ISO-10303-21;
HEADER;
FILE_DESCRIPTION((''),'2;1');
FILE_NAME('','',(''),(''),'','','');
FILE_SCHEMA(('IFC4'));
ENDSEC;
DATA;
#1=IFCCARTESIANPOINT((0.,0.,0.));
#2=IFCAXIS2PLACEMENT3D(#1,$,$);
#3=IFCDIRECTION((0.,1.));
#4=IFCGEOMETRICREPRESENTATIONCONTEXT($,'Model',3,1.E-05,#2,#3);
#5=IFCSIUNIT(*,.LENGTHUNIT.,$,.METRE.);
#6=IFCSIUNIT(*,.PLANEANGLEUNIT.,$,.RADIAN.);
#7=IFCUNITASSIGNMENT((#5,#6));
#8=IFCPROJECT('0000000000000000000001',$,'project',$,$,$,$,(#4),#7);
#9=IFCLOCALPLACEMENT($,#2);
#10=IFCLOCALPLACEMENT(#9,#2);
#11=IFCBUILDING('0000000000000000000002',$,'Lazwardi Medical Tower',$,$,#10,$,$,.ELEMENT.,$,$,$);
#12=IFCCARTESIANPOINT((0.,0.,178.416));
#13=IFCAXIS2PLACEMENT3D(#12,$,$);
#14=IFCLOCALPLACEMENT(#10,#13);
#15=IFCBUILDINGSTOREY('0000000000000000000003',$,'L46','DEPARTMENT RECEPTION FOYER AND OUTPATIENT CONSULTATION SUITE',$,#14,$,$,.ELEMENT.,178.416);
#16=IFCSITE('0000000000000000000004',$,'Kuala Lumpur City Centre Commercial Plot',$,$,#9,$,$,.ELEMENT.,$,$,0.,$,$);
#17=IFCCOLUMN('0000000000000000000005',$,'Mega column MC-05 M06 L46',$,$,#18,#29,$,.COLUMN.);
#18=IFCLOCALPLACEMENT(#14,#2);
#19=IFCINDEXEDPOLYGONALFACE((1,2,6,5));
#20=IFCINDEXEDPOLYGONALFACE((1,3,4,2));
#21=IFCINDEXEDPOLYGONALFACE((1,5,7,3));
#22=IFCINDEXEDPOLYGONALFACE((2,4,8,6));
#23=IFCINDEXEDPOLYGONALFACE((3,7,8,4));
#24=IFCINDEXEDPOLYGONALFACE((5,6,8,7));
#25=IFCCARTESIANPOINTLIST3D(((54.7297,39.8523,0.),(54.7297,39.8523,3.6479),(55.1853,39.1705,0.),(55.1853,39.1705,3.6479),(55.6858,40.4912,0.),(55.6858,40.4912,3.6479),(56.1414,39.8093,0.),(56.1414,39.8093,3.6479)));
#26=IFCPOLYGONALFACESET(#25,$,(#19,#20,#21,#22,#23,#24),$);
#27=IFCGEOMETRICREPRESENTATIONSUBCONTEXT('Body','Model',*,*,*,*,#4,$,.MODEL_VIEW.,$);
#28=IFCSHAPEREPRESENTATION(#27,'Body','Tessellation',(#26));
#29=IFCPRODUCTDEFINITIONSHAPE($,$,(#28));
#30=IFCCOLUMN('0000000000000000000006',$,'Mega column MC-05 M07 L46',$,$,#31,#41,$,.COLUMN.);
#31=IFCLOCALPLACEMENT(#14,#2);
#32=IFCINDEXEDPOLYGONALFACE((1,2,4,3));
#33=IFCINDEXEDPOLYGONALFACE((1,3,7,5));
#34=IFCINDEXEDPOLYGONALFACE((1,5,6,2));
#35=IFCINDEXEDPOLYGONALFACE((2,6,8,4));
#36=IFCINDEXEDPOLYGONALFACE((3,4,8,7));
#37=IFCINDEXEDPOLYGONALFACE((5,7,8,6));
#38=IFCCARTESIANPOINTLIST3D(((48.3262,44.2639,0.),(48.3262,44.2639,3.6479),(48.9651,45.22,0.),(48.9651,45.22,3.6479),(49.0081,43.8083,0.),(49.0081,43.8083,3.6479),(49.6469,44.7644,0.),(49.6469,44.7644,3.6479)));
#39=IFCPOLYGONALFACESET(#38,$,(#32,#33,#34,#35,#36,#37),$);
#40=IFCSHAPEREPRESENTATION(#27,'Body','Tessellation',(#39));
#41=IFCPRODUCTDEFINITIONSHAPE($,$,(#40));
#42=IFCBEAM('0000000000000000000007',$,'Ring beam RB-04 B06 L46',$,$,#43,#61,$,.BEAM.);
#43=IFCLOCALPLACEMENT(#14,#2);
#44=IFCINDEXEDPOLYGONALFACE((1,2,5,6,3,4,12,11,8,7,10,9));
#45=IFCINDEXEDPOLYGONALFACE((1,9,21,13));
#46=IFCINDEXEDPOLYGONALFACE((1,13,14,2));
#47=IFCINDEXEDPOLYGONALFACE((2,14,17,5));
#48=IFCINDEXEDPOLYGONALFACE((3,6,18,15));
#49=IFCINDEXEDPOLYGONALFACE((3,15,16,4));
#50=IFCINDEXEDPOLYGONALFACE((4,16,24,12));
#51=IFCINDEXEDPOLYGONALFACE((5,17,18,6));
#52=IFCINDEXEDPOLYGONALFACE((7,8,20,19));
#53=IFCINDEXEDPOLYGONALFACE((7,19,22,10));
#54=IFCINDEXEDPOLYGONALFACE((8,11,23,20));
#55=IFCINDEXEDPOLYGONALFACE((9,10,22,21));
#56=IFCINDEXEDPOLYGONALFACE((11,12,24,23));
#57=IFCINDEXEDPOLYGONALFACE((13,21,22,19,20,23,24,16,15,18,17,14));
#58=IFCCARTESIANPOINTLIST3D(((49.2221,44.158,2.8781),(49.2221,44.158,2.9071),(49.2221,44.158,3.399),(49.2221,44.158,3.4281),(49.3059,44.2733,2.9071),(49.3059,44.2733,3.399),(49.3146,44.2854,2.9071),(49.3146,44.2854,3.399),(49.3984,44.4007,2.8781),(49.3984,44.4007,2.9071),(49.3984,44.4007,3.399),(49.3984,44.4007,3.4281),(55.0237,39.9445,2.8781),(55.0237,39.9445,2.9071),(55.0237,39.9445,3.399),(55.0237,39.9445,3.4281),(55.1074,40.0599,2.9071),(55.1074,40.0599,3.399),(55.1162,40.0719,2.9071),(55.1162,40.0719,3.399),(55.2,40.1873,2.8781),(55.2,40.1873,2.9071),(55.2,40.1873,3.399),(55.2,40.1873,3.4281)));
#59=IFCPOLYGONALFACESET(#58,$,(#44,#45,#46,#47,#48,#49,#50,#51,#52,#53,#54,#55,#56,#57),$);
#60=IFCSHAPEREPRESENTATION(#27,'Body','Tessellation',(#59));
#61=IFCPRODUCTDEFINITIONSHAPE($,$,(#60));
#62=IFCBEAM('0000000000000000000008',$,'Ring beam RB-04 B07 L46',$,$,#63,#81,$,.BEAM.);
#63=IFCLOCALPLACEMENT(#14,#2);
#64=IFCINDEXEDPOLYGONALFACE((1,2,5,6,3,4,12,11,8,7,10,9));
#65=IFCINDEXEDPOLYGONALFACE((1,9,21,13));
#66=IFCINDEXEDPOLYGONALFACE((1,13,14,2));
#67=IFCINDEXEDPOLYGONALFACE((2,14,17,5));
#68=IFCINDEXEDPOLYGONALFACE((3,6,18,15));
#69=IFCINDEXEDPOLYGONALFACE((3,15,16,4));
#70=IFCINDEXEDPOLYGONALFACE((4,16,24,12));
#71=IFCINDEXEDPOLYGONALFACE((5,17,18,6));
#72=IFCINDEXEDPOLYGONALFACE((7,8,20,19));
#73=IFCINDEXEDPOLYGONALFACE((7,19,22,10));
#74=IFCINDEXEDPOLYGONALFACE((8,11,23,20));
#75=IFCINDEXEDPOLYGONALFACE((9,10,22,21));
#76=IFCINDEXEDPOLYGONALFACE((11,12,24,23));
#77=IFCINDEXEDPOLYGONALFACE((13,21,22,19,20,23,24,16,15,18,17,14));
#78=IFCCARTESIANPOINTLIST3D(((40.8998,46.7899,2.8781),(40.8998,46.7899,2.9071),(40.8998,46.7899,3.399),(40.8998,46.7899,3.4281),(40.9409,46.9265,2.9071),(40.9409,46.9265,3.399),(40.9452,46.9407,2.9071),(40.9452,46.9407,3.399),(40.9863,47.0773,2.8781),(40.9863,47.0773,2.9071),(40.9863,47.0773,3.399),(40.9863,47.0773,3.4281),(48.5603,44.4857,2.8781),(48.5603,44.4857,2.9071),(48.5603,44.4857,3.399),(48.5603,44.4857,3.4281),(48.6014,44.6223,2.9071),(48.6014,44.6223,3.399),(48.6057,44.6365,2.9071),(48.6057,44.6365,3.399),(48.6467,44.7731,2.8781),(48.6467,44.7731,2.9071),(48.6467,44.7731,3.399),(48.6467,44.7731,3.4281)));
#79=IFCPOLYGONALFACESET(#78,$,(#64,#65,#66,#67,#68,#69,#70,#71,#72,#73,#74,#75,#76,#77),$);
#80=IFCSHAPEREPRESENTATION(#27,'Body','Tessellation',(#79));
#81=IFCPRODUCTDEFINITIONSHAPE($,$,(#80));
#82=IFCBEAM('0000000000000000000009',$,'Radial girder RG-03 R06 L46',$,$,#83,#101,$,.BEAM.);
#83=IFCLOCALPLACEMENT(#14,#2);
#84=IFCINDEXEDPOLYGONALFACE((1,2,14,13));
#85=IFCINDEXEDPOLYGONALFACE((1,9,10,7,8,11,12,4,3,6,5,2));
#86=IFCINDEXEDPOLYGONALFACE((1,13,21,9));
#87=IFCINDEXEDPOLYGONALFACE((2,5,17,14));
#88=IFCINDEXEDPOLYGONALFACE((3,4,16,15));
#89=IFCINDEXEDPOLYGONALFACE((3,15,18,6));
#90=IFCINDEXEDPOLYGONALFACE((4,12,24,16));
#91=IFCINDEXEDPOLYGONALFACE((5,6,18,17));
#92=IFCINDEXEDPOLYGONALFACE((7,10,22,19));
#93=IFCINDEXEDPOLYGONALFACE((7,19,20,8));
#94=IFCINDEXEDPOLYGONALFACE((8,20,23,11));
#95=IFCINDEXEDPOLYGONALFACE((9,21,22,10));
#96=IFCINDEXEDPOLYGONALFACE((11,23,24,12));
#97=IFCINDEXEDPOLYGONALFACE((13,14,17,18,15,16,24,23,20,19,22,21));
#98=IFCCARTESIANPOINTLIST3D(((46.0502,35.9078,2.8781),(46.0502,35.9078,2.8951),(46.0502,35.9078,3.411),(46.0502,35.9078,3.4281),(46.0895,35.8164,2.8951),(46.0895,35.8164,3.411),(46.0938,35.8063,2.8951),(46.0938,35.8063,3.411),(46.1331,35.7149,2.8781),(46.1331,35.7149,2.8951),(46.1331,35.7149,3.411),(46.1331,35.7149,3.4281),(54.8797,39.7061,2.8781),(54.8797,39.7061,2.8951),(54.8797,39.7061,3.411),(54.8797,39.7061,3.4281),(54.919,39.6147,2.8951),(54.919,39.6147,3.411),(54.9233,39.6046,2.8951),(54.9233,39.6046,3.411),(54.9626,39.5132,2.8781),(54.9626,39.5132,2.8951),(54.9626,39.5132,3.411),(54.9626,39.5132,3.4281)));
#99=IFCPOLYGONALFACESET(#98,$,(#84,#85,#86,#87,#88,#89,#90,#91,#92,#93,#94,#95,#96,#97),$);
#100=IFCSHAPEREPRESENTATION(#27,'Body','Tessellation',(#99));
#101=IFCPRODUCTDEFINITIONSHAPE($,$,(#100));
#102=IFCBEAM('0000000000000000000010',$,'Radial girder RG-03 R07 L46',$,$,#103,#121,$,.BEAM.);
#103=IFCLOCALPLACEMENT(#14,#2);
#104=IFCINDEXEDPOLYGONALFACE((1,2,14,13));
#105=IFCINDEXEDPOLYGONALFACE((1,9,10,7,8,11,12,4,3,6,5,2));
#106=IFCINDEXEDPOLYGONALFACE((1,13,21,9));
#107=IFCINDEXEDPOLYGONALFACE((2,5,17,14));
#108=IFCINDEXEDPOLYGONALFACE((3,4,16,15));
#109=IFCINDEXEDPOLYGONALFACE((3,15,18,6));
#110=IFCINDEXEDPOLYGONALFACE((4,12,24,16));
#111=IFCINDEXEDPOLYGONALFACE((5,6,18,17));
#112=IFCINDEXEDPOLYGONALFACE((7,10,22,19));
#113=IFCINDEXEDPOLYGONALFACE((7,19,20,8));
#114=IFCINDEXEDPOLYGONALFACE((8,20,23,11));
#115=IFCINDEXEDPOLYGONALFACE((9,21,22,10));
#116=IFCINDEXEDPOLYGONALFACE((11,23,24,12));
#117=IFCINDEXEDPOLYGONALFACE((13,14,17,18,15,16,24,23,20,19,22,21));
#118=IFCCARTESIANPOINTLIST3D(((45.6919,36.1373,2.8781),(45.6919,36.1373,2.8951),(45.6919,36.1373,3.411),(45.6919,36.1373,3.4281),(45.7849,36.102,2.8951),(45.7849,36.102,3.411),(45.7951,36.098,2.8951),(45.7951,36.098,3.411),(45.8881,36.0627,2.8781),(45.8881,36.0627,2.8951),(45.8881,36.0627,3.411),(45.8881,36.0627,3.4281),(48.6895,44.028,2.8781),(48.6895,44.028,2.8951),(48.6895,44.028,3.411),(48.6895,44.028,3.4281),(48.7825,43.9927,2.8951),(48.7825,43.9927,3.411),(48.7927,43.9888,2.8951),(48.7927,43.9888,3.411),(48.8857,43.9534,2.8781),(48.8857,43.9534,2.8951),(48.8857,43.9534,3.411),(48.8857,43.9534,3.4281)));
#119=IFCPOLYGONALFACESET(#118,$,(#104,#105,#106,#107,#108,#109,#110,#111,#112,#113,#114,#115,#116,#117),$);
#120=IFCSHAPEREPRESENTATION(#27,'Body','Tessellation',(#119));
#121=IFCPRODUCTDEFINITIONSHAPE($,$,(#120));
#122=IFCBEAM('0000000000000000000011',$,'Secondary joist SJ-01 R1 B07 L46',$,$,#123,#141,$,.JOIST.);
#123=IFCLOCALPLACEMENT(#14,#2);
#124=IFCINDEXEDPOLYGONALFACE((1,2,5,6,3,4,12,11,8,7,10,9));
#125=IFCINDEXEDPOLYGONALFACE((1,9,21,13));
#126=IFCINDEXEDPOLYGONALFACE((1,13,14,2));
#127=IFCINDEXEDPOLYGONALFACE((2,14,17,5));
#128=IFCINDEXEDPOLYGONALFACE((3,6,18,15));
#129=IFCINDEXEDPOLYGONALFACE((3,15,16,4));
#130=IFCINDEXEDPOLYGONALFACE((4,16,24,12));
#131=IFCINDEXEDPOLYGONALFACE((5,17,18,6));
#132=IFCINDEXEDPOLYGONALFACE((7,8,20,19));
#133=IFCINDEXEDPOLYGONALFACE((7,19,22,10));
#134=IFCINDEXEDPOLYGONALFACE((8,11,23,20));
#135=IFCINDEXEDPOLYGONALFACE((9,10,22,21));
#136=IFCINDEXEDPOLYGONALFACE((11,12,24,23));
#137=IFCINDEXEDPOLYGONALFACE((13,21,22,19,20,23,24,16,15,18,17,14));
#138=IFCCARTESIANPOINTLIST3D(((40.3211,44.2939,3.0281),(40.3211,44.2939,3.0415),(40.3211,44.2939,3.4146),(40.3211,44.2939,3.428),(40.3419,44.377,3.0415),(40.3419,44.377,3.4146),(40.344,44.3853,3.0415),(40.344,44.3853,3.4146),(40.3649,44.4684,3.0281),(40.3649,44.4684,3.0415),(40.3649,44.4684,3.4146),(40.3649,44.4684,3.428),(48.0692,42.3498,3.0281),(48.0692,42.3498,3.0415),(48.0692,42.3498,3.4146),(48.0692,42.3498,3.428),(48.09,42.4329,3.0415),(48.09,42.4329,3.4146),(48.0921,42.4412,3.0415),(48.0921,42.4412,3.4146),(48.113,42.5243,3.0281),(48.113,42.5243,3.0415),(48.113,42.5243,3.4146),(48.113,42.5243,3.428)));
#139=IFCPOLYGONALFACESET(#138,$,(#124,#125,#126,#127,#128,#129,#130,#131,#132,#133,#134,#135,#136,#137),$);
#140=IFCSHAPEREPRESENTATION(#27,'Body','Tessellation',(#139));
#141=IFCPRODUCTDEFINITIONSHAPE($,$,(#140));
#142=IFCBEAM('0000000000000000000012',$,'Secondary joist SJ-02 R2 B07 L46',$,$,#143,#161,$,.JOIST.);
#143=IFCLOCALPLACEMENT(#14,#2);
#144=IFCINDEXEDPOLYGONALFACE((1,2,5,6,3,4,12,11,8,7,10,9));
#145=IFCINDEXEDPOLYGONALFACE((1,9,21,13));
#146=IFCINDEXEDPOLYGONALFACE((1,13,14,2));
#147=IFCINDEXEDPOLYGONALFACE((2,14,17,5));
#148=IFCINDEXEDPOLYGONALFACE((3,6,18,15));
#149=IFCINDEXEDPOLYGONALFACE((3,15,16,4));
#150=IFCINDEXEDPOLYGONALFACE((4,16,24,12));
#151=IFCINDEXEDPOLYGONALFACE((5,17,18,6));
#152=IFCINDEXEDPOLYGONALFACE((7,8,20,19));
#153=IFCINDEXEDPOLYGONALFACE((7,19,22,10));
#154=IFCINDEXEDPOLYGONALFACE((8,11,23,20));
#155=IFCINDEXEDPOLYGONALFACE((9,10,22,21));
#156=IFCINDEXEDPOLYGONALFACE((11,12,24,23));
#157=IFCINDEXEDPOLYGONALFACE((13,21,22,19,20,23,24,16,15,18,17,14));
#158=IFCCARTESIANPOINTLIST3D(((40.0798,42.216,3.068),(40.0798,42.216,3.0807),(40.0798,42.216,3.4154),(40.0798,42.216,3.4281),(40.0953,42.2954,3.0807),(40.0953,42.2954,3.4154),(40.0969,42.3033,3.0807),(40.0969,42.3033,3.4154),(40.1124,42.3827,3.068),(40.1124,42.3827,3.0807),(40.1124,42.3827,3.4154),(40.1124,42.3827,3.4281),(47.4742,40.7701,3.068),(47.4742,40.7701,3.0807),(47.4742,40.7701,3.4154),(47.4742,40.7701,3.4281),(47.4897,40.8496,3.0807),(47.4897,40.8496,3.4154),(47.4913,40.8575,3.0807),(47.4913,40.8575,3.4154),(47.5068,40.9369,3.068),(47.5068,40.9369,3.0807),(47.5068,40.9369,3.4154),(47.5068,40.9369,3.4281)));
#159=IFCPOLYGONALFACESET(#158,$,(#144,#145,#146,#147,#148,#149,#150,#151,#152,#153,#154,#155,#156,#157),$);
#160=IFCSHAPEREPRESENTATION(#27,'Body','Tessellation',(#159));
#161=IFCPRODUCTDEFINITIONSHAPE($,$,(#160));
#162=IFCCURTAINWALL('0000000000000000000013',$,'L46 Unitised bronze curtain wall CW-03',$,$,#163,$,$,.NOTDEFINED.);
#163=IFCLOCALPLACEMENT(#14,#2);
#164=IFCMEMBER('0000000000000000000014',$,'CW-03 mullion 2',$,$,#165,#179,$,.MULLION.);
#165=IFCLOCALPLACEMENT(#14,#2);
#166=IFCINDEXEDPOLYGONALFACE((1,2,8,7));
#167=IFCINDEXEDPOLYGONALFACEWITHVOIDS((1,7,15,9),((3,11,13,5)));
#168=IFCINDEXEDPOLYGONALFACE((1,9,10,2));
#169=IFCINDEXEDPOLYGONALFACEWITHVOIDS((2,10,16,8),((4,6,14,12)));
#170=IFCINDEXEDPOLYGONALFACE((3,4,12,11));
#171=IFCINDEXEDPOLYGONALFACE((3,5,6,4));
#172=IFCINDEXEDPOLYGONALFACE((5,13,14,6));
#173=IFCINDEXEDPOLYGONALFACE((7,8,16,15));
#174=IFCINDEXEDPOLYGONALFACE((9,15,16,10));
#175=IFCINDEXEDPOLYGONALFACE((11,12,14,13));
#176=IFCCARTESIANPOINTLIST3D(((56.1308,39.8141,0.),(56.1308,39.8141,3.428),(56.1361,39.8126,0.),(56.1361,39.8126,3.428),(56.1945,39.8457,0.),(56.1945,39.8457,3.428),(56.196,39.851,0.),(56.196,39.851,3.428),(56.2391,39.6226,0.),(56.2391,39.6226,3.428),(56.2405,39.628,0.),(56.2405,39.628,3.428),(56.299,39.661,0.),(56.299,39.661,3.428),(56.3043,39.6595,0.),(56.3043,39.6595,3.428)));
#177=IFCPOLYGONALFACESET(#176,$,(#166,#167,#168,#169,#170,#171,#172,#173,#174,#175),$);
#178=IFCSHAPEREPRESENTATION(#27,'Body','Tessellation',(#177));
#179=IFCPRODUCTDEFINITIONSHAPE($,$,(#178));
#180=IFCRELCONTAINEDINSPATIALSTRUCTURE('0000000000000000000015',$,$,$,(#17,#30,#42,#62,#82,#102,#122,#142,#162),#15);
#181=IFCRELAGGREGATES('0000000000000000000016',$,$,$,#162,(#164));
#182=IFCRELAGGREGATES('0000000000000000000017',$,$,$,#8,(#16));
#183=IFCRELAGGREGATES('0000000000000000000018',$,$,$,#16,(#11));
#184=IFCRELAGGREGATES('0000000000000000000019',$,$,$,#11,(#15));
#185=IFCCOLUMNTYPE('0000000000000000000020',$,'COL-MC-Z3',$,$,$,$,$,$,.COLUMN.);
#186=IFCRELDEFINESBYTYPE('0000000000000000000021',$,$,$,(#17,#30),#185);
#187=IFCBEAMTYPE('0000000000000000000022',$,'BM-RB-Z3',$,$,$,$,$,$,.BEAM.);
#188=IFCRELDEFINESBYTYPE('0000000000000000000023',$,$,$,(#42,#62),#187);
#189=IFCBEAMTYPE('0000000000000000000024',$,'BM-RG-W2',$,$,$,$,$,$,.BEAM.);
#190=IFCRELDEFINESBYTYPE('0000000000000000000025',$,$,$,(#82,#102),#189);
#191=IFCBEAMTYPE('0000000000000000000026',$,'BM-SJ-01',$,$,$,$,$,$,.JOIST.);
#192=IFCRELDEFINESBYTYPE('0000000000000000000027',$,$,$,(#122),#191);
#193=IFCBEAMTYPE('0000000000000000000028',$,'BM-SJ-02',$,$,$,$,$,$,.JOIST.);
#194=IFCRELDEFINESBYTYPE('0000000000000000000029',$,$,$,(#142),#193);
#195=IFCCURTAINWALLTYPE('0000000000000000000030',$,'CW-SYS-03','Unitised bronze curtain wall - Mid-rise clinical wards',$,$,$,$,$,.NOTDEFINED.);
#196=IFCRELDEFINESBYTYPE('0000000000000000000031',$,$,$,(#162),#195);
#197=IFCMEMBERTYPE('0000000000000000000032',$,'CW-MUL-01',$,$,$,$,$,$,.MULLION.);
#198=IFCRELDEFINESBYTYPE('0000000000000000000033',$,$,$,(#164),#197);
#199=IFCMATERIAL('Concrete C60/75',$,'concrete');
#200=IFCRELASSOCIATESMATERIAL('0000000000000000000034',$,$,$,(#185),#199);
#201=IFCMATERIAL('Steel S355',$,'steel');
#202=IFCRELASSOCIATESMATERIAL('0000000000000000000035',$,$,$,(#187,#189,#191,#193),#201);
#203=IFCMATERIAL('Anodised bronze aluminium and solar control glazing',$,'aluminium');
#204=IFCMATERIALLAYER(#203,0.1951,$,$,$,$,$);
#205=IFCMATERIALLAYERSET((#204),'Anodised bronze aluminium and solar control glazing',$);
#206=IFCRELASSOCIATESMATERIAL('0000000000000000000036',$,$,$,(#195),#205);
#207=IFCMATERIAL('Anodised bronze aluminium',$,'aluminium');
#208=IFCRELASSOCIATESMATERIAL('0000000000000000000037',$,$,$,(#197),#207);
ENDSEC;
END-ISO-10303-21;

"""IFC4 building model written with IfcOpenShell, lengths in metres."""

from ifc_helpers import new_model, si_unit, direction, frame, origin, origin_2d, place, context, subcontext, project, spatial, rectangle, hollow_rectangle, i_section, extrude, material, layer, layer_set, material_profile, profile_set, type_object, element, aggregate, save


model = new_model("IFC4")

# Units and contexts
model_context = context("Model", 3, precision=1e-05, world=origin(), true_north=direction((0.0, 1.0)))
body_context = subcontext(model_context, "Body", "Model", "MODEL_VIEW")
ifc_project = project(units=[si_unit("LENGTHUNIT", "METRE"), si_unit("PLANEANGLEUNIT", "RADIAN")], contexts=[model_context])

# Site, building, storey
site_placement = place(None, origin())
site = spatial("IfcSite", under=ifc_project, at=site_placement, Name="Kuala Lumpur City Centre Commercial Plot", CompositionType="ELEMENT", RefElevation=0.0)
building_placement = place(site_placement, origin())
building = spatial("IfcBuilding", under=site, at=building_placement, Name="Lazwardi Medical Tower", CompositionType="ELEMENT")
storey_placement = place(building_placement, frame((0.0, 0.0, 178.416)))
storey = spatial("IfcBuildingStorey", under=building, at=storey_placement, Name="L46", Description="DEPARTMENT RECEPTION FOYER AND OUTPATIENT CONSULTATION SUITE", CompositionType="ELEMENT", Elevation=178.416)

# Columns
ifc_material_1 = material(Name="Concrete C60/75", Category="concrete")
ifc_material_profile_1 = material_profile(ifc_material_1, rectangle(XDim=1.1499, YDim=0.8201, at=origin_2d()), Name="CFT-RECT 1150x820")
ifc_profile_set_1 = profile_set([ifc_material_profile_1], Name="Concrete C60/75")
column_type = type_object("IfcColumnType", Name="COL-MC-Z3", PredefinedType="COLUMN", material=ifc_profile_set_1)
for number, where, z_axis, x_axis, name in (
    (1, (55.4355, 39.8308, 0.0), (0.0, 0.0, 1.0), (0.83147, 0.55557, 0.0), "Mega column MC-05 M06 L46"),
    (2, (48.9866, 44.5142, 0.0), (0.0, 0.0, 1.0), (0.55557, 0.83147, 0.0), "Mega column MC-05 M07 L46"),
):
    element("IfcColumn", number, at=place(storey_placement, frame(where, z_axis=z_axis, x_axis=x_axis)), inside=storey, type_object=column_type, Name=name, PredefinedType="COLUMN", context=body_context, shape_type="SweptSolid", body=[
        extrude(rectangle(XDim=1.1499, YDim=0.8201, at=origin_2d()), origin(), (0.0, 0.0, 1.0), 3.6479),
    ])

# Beams
ifc_material_2 = material(Name="Steel S355", Category="steel")
ifc_material_profile_2 = material_profile(ifc_material_2, i_section(OverallWidth=0.3, OverallDepth=0.55, WebThickness=0.0149, FlangeThickness=0.0291, at=origin_2d()), Name="HEB 550")
ifc_profile_set_2 = profile_set([ifc_material_profile_2], Name="Steel S355")
beam_type_1 = type_object("IfcBeamType", Name="BM-RB-Z3", PredefinedType="BEAM", material=ifc_profile_set_2)
beam_1_placement = place(storey_placement, frame((55.1118, 40.0659, 3.1531), z_axis=(-0.809128, 0.587633, 0.0), x_axis=(-0.587633, -0.809128, 0.0)))
element("IfcBeam", 3, at=beam_1_placement, inside=storey, type_object=beam_type_1, Name="Ring beam RB-04 B06 L46", PredefinedType="BEAM", context=body_context, shape_type="SweptSolid", body=[
    extrude(i_section(OverallWidth=0.3, OverallDepth=0.55, WebThickness=0.0149, FlangeThickness=0.0291, at=origin_2d()), origin(), (0.0, 0.0, 1.0), 7.1702),
])
beam_2_placement = place(storey_placement, frame((48.6035, 44.6294, 3.1531), z_axis=(-0.957617, 0.288045, 0.0), x_axis=(-0.288045, -0.957617, 0.0)))
element("IfcBeam", 4, at=beam_2_placement, inside=storey, type_object=beam_type_1, Name="Ring beam RB-04 B07 L46", PredefinedType="BEAM", context=body_context, shape_type="SweptSolid", body=[
    extrude(i_section(OverallWidth=0.3, OverallDepth=0.55, WebThickness=0.0149, FlangeThickness=0.0291, at=origin_2d()), origin(), (0.0, 0.0, 1.0), 7.9995),
])
ifc_material_profile_3 = material_profile(ifc_material_2, i_section(OverallWidth=0.21, OverallDepth=0.55, WebThickness=0.011, FlangeThickness=0.0171, at=origin_2d()), Name="IPE 550")
ifc_profile_set_3 = profile_set([ifc_material_profile_3], Name="Steel S355")
beam_type_2 = type_object("IfcBeamType", Name="BM-RG-W2", PredefinedType="BEAM", material=ifc_profile_set_3)
beam_3_placement = place(storey_placement, frame((54.9211, 39.6096, 3.1531), z_axis=(-0.918608, -0.39517, 0.0), x_axis=(0.39517, -0.918608, 0.0)))
element("IfcBeam", 5, at=beam_3_placement, inside=storey, type_object=beam_type_2, Name="Radial girder RG-03 R06 L46", PredefinedType="BEAM", context=body_context, shape_type="SweptSolid", body=[
    extrude(i_section(OverallWidth=0.21, OverallDepth=0.55, WebThickness=0.011, FlangeThickness=0.0171, at=origin_2d()), origin(), (0.0, 0.0, 1.0), 9.6118),
])
beam_4_placement = place(storey_placement, frame((48.7876, 43.9907, 3.1531), z_axis=(-0.355127, -0.934818, 0.0), x_axis=(0.934818, -0.355127, 0.0)))
element("IfcBeam", 6, at=beam_4_placement, inside=storey, type_object=beam_type_2, Name="Radial girder RG-03 R07 L46", PredefinedType="BEAM", context=body_context, shape_type="SweptSolid", body=[
    extrude(i_section(OverallWidth=0.21, OverallDepth=0.55, WebThickness=0.011, FlangeThickness=0.0171, at=origin_2d()), origin(), (0.0, 0.0, 1.0), 8.4409),
])
ifc_material_profile_4 = material_profile(ifc_material_2, i_section(OverallWidth=0.1799, OverallDepth=0.3999, WebThickness=0.0085, FlangeThickness=0.0134, at=origin_2d()), Name="IPE 400")
ifc_profile_set_4 = profile_set([ifc_material_profile_4], Name="Steel S355")
beam_type_3 = type_object("IfcBeamType", Name="BM-SJ-01", PredefinedType="JOIST", material=ifc_profile_set_4)
beam_5_placement = place(storey_placement, frame((48.0911, 42.437, 3.228), z_axis=(-0.969934, 0.24337, 0.0), x_axis=(-0.24337, -0.969934, 0.0)))
element("IfcBeam", 7, at=beam_5_placement, inside=storey, type_object=beam_type_3, Name="Secondary joist SJ-01 R1 B07 L46", PredefinedType="JOIST", context=body_context, shape_type="SweptSolid", body=[
    extrude(i_section(OverallWidth=0.1799, OverallDepth=0.3999, WebThickness=0.0085, FlangeThickness=0.0134, at=origin_2d()), origin(), (0.0, 0.0, 1.0), 7.9883),
])
ifc_material_profile_5 = material_profile(ifc_material_2, i_section(OverallWidth=0.1699, OverallDepth=0.3601, WebThickness=0.0081, FlangeThickness=0.0127, at=origin_2d()), Name="IPE 360")
ifc_profile_set_5 = profile_set([ifc_material_profile_5], Name="Steel S355")
beam_type_4 = type_object("IfcBeamType", Name="BM-SJ-02", PredefinedType="JOIST", material=ifc_profile_set_5)
beam_6_placement = place(storey_placement, frame((47.4905, 40.8535, 3.248), z_axis=(-0.981415, 0.191896, 0.0), x_axis=(-0.191896, -0.981415, 0.0)))
element("IfcBeam", 8, at=beam_6_placement, inside=storey, type_object=beam_type_4, Name="Secondary joist SJ-02 R2 B07 L46", PredefinedType="JOIST", context=body_context, shape_type="SweptSolid", body=[
    extrude(i_section(OverallWidth=0.1699, OverallDepth=0.3601, WebThickness=0.0081, FlangeThickness=0.0127, at=origin_2d()), origin(), (0.0, 0.0, 1.0), 7.5344),
])

# Curtain wall, member
ifc_material_3 = material(Name="Anodised bronze aluminium and solar control glazing", Category="aluminium")
ifc_layer_1 = layer(ifc_material_3, 0.1951)
ifc_layer_set_1 = layer_set([ifc_layer_1], Name="Anodised bronze aluminium and solar control glazing")
curtain_wall_type = type_object("IfcCurtainWallType", Name="CW-SYS-03", Description="Unitised bronze curtain wall - Mid-rise clinical wards", PredefinedType="NOTDEFINED", material=ifc_layer_set_1)
curtain_wall_1_placement = place(storey_placement, origin())
curtain_wall_1 = element("IfcCurtainWall", 9, at=curtain_wall_1_placement, inside=storey, type_object=curtain_wall_type, Name="L46 Unitised bronze curtain wall CW-03", PredefinedType="NOTDEFINED")
ifc_material_4 = material(Name="Anodised bronze aluminium", Category="aluminium")
ifc_material_profile_6 = material_profile(ifc_material_4, hollow_rectangle(XDim=0.075, YDim=0.22, WallThickness=0.0039, at=origin_2d()), Name="ALU-MULLION 220x75x4")
ifc_profile_set_6 = profile_set([ifc_material_profile_6], Name="Anodised bronze aluminium")
member_type_1 = type_object("IfcMemberType", Name="CW-MUL-01", PredefinedType="MULLION", material=ifc_profile_set_6)
member_1_placement = place(storey_placement, frame((56.2175, 39.7368, 0.0), z_axis=(0.0, 0.0, 1.0), x_axis=(-0.870419, -0.492312, 0.0)))
member_1 = element("IfcMember", 10, at=member_1_placement, type_object=member_type_1, Name="CW-03 mullion 2", PredefinedType="MULLION", context=body_context, shape_type="SweptSolid", body=[
    extrude(hollow_rectangle(XDim=0.075, YDim=0.22, WallThickness=0.0039, at=origin_2d()), origin(), (0.0, 0.0, 1.0), 3.428),
])
aggregate(curtain_wall_1, [member_1])

save(model, "model.ifc")
